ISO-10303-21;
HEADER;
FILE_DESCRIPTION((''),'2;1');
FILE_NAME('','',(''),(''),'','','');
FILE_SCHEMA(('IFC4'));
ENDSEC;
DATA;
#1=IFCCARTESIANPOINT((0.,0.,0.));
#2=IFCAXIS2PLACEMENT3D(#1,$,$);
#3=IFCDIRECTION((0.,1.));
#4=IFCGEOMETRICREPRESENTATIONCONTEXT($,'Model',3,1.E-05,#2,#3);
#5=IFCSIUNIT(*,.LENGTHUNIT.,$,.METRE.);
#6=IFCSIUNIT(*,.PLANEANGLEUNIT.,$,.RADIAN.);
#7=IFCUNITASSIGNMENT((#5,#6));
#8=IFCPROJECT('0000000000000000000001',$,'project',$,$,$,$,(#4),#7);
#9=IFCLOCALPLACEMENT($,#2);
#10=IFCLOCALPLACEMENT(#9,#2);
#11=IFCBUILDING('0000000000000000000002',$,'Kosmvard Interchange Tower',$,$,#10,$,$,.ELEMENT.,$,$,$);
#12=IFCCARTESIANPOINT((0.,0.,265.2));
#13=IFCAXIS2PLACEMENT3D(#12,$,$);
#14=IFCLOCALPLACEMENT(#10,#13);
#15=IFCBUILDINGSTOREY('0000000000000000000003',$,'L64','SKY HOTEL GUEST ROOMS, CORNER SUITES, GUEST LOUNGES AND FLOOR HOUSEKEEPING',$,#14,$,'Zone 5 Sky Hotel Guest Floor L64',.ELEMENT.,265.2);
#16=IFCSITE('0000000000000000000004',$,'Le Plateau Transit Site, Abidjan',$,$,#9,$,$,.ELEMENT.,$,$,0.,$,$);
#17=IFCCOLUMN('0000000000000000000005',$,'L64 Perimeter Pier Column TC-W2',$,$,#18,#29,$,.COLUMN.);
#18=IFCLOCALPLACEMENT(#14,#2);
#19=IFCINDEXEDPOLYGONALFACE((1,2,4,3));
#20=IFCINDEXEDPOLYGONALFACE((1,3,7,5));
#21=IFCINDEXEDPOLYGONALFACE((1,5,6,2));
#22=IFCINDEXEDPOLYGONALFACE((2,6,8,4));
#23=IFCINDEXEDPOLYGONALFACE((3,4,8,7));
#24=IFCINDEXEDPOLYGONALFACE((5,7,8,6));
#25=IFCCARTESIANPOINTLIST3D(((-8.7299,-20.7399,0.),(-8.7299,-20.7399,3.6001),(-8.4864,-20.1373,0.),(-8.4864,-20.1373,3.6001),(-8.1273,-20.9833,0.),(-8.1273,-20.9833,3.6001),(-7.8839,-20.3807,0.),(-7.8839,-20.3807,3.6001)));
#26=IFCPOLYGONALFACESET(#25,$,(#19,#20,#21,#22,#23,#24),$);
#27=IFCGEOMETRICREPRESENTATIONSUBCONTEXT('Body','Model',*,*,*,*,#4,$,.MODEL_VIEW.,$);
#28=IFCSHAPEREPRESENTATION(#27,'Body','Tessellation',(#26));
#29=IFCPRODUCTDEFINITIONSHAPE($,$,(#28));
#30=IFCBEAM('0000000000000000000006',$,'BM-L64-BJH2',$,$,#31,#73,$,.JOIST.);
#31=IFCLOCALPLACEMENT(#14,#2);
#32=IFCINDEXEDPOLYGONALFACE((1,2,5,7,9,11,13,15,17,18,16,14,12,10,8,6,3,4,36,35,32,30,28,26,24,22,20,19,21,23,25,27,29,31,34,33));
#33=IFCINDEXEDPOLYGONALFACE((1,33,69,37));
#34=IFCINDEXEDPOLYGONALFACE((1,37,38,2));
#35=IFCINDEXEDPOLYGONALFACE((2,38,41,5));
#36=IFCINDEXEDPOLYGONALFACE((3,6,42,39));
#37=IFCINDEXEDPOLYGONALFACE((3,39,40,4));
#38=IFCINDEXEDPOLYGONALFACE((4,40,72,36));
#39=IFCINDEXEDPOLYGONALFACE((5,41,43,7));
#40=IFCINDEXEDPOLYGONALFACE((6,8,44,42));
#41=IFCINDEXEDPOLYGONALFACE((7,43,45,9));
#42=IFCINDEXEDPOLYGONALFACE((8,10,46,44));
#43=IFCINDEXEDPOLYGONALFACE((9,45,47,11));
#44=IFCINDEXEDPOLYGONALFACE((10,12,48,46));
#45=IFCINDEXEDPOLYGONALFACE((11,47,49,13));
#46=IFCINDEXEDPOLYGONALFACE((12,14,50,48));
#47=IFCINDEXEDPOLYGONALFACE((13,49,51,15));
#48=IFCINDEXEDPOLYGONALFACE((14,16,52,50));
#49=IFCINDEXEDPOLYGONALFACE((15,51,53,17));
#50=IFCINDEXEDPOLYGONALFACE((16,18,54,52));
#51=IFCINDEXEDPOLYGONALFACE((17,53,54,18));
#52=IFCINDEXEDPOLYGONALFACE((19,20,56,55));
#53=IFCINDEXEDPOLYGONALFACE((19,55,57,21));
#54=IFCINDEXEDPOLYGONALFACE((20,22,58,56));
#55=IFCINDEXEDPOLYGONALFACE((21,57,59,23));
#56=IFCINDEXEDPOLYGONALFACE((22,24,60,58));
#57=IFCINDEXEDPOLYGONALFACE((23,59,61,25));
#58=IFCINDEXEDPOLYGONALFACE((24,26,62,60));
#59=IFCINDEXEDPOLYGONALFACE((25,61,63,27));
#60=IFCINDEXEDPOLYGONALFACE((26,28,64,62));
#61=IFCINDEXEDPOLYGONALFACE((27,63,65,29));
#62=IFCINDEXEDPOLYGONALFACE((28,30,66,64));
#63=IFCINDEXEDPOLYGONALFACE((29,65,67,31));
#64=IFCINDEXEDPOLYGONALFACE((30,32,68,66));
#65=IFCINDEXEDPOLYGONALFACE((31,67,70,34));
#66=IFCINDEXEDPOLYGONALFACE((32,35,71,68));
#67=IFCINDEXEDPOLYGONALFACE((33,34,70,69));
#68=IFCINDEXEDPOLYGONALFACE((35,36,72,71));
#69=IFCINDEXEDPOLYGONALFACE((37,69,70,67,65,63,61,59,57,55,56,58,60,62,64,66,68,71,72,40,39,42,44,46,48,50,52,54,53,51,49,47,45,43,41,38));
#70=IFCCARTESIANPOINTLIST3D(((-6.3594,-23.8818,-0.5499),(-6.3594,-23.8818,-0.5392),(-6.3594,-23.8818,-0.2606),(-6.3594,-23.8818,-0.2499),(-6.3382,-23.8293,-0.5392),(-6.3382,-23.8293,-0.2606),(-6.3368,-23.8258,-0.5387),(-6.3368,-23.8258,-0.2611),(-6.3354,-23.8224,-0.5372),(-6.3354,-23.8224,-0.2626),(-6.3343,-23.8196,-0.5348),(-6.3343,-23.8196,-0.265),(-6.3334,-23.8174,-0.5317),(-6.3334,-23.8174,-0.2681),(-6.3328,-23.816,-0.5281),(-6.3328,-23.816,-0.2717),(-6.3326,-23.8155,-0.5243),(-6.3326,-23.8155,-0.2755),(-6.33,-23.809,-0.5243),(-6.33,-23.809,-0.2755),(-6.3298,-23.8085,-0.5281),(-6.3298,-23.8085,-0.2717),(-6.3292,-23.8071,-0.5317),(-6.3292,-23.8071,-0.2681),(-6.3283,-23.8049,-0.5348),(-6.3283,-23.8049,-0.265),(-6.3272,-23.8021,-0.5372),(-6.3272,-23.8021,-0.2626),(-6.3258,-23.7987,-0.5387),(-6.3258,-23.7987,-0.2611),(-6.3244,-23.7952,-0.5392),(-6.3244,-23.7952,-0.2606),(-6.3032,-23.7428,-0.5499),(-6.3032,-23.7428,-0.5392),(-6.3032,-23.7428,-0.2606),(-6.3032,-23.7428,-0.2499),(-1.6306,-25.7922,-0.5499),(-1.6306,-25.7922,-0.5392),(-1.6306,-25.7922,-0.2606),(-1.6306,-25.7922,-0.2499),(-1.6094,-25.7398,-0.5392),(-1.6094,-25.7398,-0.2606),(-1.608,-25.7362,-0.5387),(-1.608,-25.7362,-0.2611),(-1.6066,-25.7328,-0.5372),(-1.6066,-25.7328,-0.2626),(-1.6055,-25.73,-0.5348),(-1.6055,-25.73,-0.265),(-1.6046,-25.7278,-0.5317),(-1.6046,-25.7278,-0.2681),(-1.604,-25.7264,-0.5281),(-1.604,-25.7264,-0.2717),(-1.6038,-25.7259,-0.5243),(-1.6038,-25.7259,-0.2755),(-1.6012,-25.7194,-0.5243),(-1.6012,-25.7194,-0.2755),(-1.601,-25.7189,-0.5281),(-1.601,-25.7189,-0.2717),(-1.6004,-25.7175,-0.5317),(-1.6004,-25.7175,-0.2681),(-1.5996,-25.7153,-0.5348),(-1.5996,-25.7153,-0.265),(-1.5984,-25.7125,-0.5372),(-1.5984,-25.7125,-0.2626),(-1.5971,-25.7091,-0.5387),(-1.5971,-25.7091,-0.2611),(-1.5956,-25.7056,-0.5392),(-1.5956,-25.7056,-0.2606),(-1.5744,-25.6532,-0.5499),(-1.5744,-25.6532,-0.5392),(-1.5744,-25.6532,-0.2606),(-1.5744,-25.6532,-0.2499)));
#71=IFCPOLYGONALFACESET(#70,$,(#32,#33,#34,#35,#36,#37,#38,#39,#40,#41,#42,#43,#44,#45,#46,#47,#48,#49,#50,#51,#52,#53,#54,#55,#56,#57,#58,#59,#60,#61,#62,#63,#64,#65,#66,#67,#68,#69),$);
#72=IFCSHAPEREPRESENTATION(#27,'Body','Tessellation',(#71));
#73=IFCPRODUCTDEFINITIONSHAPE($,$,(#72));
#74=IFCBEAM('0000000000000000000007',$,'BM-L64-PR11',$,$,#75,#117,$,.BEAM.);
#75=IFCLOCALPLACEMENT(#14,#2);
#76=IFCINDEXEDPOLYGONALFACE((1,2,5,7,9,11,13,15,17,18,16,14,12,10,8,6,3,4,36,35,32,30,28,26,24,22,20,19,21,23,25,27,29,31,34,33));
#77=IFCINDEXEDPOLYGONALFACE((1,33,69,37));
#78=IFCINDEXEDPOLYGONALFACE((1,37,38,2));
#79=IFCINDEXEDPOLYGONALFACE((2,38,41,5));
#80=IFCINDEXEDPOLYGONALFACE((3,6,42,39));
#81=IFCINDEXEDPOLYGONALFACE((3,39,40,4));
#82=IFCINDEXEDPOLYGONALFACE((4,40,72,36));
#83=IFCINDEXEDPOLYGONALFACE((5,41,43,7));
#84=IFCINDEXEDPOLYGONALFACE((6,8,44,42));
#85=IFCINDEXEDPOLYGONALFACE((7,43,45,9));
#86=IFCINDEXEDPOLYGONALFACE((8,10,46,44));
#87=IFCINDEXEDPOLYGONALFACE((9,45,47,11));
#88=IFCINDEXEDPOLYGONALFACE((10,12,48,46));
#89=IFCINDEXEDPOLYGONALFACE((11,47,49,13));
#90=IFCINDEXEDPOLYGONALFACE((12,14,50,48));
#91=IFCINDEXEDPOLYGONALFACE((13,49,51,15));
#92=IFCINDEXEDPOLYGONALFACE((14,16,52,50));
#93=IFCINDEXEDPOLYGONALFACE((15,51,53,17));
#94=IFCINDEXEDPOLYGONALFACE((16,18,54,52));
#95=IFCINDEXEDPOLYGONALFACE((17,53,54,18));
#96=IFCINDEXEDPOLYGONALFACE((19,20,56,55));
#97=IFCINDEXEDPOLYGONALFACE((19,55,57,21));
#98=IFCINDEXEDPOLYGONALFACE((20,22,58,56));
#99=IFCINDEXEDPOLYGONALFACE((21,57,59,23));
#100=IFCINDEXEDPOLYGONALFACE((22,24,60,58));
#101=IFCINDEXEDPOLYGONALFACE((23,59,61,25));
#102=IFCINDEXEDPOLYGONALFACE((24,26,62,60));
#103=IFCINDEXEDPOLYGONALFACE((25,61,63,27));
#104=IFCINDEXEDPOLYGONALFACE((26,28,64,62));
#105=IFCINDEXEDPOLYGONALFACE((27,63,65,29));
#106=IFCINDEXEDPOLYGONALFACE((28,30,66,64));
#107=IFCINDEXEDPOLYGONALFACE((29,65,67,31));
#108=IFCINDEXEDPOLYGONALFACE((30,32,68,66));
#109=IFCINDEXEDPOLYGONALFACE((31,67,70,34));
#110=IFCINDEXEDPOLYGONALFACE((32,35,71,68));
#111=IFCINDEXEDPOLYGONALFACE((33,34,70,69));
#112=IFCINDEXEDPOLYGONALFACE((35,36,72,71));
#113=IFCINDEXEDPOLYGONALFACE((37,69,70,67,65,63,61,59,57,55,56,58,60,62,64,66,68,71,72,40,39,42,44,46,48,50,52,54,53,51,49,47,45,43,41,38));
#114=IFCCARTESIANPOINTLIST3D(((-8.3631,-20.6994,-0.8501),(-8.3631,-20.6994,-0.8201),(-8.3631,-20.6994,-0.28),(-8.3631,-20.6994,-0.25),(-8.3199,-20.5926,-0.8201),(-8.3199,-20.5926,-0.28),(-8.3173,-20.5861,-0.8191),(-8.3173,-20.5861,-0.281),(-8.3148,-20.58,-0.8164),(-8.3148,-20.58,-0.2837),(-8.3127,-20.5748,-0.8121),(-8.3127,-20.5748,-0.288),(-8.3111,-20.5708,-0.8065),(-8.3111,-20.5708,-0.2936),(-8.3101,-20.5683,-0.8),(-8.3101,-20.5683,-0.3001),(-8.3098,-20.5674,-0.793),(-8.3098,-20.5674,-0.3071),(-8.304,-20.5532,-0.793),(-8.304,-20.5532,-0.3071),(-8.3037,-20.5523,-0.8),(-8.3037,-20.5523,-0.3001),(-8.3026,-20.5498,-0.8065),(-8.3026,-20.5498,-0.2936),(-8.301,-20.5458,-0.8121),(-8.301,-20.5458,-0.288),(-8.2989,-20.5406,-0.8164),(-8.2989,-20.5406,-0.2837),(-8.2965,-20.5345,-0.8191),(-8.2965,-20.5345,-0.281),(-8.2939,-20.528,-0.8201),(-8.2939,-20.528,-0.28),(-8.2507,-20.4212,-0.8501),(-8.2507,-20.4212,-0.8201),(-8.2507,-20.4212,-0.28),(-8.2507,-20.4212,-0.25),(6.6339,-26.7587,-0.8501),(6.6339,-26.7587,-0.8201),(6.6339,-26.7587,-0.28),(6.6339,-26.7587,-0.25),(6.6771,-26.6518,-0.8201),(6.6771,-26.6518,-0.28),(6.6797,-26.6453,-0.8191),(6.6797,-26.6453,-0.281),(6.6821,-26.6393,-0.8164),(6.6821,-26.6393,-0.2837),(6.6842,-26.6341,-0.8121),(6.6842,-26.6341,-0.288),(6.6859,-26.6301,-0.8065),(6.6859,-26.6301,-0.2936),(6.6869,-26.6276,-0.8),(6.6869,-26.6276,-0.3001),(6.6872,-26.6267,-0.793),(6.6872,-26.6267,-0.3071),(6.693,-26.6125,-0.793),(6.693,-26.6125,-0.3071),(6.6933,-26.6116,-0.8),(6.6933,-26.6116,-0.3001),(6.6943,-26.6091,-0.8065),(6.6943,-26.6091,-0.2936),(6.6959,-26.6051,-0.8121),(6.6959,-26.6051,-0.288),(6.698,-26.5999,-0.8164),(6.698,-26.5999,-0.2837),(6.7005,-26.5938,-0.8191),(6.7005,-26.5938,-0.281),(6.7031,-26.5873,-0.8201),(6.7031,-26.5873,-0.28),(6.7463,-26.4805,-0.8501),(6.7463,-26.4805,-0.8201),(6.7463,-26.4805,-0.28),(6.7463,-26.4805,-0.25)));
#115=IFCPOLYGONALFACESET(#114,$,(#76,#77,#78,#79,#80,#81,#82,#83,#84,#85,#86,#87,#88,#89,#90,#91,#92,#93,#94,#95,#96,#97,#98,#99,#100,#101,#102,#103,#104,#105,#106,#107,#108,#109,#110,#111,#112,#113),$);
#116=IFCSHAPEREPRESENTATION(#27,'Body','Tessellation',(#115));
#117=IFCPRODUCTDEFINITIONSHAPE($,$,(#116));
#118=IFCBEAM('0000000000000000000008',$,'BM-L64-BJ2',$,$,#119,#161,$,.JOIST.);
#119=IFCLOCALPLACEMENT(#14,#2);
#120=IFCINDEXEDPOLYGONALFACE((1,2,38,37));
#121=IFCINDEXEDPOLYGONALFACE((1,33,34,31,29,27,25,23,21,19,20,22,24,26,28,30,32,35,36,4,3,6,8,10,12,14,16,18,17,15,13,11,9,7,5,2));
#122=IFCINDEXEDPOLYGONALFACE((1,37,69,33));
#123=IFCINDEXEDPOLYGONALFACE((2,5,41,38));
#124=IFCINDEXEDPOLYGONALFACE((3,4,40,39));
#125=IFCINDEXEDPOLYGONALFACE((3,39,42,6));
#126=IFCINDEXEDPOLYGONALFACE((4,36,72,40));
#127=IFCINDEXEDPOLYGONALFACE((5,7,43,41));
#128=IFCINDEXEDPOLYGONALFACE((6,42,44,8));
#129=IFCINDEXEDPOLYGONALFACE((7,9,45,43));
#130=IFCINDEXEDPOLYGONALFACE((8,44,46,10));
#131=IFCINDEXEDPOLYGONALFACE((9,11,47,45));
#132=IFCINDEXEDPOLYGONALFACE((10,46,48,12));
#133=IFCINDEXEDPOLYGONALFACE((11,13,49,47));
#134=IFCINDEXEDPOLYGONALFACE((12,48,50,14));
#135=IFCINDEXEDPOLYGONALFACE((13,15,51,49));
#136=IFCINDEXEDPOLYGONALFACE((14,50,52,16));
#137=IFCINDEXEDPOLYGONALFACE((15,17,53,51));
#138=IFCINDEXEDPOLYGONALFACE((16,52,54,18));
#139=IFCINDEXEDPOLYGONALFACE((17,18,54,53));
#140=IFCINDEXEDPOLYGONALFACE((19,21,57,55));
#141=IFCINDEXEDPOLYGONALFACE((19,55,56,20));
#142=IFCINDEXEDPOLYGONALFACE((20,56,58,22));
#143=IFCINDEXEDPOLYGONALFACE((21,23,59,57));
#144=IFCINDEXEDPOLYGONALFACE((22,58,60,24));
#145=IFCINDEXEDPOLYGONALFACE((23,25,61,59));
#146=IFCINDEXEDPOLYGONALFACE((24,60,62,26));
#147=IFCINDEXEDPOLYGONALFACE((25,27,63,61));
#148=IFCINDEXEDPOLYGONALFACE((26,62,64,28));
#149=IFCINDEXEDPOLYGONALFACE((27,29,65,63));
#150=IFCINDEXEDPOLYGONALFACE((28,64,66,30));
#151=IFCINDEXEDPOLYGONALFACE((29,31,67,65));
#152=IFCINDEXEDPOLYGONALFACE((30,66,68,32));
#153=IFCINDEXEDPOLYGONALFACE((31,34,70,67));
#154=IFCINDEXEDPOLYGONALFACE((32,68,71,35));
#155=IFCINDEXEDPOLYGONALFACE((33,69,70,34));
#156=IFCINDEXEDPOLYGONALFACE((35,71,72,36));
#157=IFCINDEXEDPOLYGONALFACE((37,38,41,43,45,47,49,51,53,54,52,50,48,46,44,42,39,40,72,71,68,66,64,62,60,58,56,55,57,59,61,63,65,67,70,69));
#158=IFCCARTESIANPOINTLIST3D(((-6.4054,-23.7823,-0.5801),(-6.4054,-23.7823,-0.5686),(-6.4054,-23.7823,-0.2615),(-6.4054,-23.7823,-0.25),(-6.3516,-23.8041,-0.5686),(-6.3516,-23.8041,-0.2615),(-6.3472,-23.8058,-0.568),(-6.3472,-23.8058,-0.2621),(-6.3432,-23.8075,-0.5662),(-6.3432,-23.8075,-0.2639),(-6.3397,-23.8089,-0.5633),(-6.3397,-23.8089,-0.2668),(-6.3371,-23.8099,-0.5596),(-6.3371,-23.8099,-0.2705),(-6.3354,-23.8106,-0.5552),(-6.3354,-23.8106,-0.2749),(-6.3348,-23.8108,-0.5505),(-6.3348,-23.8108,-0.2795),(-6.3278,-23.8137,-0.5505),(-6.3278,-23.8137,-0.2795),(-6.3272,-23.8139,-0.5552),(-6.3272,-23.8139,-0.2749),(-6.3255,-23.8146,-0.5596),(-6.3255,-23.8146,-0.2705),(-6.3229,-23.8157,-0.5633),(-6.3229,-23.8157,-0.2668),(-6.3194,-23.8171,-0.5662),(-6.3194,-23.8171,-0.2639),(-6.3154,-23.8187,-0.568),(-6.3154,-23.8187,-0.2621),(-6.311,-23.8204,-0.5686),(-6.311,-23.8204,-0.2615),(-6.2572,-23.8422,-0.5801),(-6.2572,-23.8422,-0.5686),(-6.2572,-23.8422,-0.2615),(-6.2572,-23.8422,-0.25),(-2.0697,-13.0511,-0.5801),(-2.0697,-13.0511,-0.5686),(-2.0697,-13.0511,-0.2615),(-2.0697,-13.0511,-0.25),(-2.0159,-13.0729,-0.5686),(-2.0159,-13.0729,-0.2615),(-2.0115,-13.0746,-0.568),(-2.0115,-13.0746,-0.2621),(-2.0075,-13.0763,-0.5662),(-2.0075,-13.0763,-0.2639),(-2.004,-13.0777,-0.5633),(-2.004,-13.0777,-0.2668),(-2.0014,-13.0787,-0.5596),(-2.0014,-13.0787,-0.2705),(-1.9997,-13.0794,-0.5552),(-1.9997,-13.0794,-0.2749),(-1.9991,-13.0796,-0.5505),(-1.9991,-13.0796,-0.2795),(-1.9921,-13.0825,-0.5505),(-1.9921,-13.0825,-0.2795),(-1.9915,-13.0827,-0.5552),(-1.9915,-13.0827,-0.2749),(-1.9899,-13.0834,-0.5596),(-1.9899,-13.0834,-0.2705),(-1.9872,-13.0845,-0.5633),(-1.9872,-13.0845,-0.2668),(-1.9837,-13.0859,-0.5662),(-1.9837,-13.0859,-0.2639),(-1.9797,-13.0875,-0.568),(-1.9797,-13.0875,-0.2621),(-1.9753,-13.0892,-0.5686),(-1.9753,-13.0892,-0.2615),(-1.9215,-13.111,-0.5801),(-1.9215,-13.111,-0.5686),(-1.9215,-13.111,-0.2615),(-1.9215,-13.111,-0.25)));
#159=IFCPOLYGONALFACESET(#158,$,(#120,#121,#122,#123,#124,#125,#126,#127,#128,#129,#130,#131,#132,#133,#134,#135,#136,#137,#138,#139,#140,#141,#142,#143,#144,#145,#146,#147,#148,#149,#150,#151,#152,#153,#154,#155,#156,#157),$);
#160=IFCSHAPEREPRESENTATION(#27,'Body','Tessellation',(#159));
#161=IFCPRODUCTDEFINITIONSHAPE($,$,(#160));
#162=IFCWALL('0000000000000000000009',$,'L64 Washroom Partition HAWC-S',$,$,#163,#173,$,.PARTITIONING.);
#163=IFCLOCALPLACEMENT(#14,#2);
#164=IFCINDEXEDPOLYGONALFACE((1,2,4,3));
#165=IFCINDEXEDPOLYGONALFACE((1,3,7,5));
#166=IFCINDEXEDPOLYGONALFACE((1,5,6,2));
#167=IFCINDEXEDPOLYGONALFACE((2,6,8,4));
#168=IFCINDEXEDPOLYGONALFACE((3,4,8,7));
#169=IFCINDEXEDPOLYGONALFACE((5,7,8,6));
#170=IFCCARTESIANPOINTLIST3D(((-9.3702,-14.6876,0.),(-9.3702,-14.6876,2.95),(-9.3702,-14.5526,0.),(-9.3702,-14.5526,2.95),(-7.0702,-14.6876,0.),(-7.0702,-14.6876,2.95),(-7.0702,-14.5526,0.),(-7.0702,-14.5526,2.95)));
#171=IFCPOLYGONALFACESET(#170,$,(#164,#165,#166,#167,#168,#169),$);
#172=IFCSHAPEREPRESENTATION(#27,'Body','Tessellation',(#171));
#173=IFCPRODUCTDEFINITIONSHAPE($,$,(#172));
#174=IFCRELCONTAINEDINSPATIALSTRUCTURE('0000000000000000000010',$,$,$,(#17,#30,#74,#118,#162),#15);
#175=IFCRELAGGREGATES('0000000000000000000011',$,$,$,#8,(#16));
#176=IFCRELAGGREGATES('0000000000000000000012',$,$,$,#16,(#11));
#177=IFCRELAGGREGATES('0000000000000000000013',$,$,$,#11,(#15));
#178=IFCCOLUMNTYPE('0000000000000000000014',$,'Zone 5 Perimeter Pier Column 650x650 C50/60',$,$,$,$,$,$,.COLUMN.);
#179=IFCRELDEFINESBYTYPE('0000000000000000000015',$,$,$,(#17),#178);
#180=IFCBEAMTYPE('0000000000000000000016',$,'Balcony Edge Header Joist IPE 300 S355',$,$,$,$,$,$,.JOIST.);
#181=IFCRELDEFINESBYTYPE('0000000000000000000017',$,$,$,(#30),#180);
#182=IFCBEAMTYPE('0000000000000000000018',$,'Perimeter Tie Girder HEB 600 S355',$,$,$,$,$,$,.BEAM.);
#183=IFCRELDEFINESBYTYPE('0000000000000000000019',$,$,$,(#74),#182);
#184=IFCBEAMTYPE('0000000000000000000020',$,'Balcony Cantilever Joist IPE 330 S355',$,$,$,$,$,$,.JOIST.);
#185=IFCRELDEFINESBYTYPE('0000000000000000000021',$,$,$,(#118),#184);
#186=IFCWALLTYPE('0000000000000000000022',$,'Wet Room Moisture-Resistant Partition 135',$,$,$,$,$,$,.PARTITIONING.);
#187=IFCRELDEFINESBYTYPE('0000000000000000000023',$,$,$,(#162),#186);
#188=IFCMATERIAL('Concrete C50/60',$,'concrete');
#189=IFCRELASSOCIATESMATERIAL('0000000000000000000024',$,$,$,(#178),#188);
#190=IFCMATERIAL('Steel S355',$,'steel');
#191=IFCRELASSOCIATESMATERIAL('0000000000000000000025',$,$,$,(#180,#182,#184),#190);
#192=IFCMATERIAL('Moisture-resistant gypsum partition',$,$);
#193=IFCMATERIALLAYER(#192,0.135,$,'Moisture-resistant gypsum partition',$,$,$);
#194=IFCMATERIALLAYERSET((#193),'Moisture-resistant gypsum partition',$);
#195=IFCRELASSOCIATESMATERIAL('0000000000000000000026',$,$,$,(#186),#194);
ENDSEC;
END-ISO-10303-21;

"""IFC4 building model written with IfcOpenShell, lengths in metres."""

from ifc_helpers import new_model, si_unit, direction, frame, frame_2d, origin, origin_2d, place, context, subcontext, project, spatial, rectangle, i_section, extrude, source, transform, mapped, material, layer, layer_set, material_profile, profile_set, type_object, element, save


model = new_model("IFC4")

# Units and contexts
model_context = context("Model", 3, precision=1e-05, world=origin(), true_north=direction((0.0, 1.0)))
body_context = subcontext(model_context, "Body", "Model", "MODEL_VIEW")
ifc_project = project(units=[si_unit("LENGTHUNIT", "METRE"), si_unit("PLANEANGLEUNIT", "RADIAN")], contexts=[model_context])

# Site, building, storey
site_placement = place(None, origin())
site = spatial("IfcSite", under=ifc_project, at=site_placement, Name="Le Plateau Transit Site, Abidjan", CompositionType="ELEMENT", RefElevation=0.0)
building_placement = place(site_placement, origin())
building = spatial("IfcBuilding", under=site, at=building_placement, Name="Kosmvard Interchange Tower", CompositionType="ELEMENT")
storey_placement = place(building_placement, frame((0.0, 0.0, 265.2)))
storey = spatial("IfcBuildingStorey", under=building, at=storey_placement, Name="L64", Description="SKY HOTEL GUEST ROOMS, CORNER SUITES, GUEST LOUNGES AND FLOOR HOUSEKEEPING", LongName="Zone 5 Sky Hotel Guest Floor L64", CompositionType="ELEMENT", Elevation=265.2)

# Column
ifc_material_1 = material(Name="Concrete C50/60", Category="concrete")
ifc_material_profile_1 = material_profile(ifc_material_1, rectangle(XDim=0.6499, YDim=0.6499, at=origin_2d()), Name="TC 650x650")
ifc_profile_set_1 = profile_set([ifc_material_profile_1], Name="Concrete C50/60")
column_type = type_object("IfcColumnType", Name="Zone 5 Perimeter Pier Column 650x650 C50/60", PredefinedType="COLUMN", material=ifc_profile_set_1)
shared_shape_1 = source(origin(), body_context, "Body", "SweptSolid", [
    extrude(rectangle(XDim=0.6499, YDim=0.6499, at=origin_2d()), origin(), (0.0, 0.0, 1.0), 3.6001),
])
column_placement = place(storey_placement, frame((-8.3069, -20.5603, 0.0), z_axis=(0.0, 0.0, 1.0), x_axis=(0.374607, 0.927184, 0.0)))
element("IfcColumn", 1, at=column_placement, inside=storey, type_object=column_type, Name="L64 Perimeter Pier Column TC-W2", PredefinedType="COLUMN", context=body_context, shape_type="MappedRepresentation", body=[
    mapped(shared_shape_1, transform((0.0, 0.0, 0.0), scale=1.0)),
])

# Beams
ifc_material_2 = material(Name="Steel S355", Category="steel")
ifc_material_profile_2 = material_profile(ifc_material_2, i_section(OverallWidth=0.1499, OverallDepth=0.3, WebThickness=0.0071, FlangeThickness=0.0107, FilletRadius=0.0149, at=origin_2d()), Name="IPE 300")
ifc_profile_set_2 = profile_set([ifc_material_profile_2], Name="Steel S355")
beam_type_1 = type_object("IfcBeamType", Name="Balcony Edge Header Joist IPE 300 S355", PredefinedType="JOIST", material=ifc_profile_set_2)
shared_shape_2 = source(origin(), body_context, "Body", "SweptSolid", [
    extrude(i_section(OverallWidth=0.1499, OverallDepth=0.3, WebThickness=0.0071, FlangeThickness=0.0107, FilletRadius=0.0149, at=origin_2d()), origin(), (0.0, 0.0, 1.0), 5.1001),
])
beam_1_placement = place(storey_placement, frame((-6.3313, -23.8123, -0.3999), z_axis=(0.927194, -0.374583, 0.0), x_axis=(0.374583, 0.927194, 0.0)))
element("IfcBeam", 2, at=beam_1_placement, inside=storey, type_object=beam_type_1, Name="BM-L64-BJH2", PredefinedType="JOIST", context=body_context, shape_type="MappedRepresentation", body=[
    mapped(shared_shape_2, transform((0.0, 0.0, 0.0), scale=1.0)),
])
ifc_material_profile_3 = material_profile(ifc_material_2, i_section(OverallWidth=0.3, OverallDepth=0.6001, WebThickness=0.0154, FlangeThickness=0.03, FilletRadius=0.0271, at=origin_2d()), Name="HEB 600")
ifc_profile_set_3 = profile_set([ifc_material_profile_3], Name="Steel S355")
beam_type_2 = type_object("IfcBeamType", Name="Perimeter Tie Girder HEB 600 S355", PredefinedType="BEAM", material=ifc_profile_set_3)
shared_shape_3 = source(origin(), body_context, "Body", "SweptSolid", [
    extrude(i_section(OverallWidth=0.3, OverallDepth=0.6001, WebThickness=0.0154, FlangeThickness=0.03, FilletRadius=0.0271, at=origin_2d()), origin(), (0.0, 0.0, 1.0), 16.1748),
])
beam_2_placement = place(storey_placement, frame((-8.3069, -20.5603, -0.55), z_axis=(0.927181, -0.374613, 0.0), x_axis=(0.374613, 0.927181, 0.0)))
element("IfcBeam", 3, at=beam_2_placement, inside=storey, type_object=beam_type_2, Name="BM-L64-PR11", PredefinedType="BEAM", context=body_context, shape_type="MappedRepresentation", body=[
    mapped(shared_shape_3, transform((0.0, 0.0, 0.0), scale=1.0)),
])
ifc_material_profile_4 = material_profile(ifc_material_2, i_section(OverallWidth=0.1599, OverallDepth=0.3301, WebThickness=0.0076, FlangeThickness=0.0115, FilletRadius=0.0181, at=origin_2d()), Name="IPE 330")
ifc_profile_set_4 = profile_set([ifc_material_profile_4], Name="Steel S355")
beam_type_3 = type_object("IfcBeamType", Name="Balcony Cantilever Joist IPE 330 S355", PredefinedType="JOIST", material=ifc_profile_set_4)
shared_shape_4 = source(origin(), body_context, "Body", "SweptSolid", [
    extrude(i_section(OverallWidth=0.1599, OverallDepth=0.3301, WebThickness=0.0076, FlangeThickness=0.0115, FilletRadius=0.0181, at=origin_2d()), origin(), (0.0, 0.0, 1.0), 11.574),
])
beam_3_placement = place(storey_placement, frame((-1.9956, -13.0811, -0.415), z_axis=(-0.374607, -0.927184, 0.0), x_axis=(0.927184, -0.374607, 0.0)))
element("IfcBeam", 4, at=beam_3_placement, inside=storey, type_object=beam_type_3, Name="BM-L64-BJ2", PredefinedType="JOIST", context=body_context, shape_type="MappedRepresentation", body=[
    mapped(shared_shape_4, transform((0.0, 0.0, 0.0), scale=1.0)),
])

# Wall
ifc_material_3 = material(Name="Moisture-resistant gypsum partition")
ifc_layer = layer(ifc_material_3, 0.135, Name="Moisture-resistant gypsum partition")
ifc_layer_set = layer_set([ifc_layer], Name="Moisture-resistant gypsum partition")
wall_type = type_object("IfcWallType", Name="Wet Room Moisture-Resistant Partition 135", PredefinedType="PARTITIONING", material=ifc_layer_set)
wall_1_placement = place(storey_placement, frame((-9.3701, -14.6201, 0.0), z_axis=(0.0, 0.0, 1.0), x_axis=(1.0, 0.0, 0.0)))
element("IfcWall", 5, at=wall_1_placement, inside=storey, type_object=wall_type, Name="L64 Washroom Partition HAWC-S", PredefinedType="PARTITIONING", context=body_context, shape_type="SweptSolid", body=[
    extrude(rectangle(XDim=2.3, YDim=0.135, at=frame_2d((1.1499, 0.0))), origin(), (0.0, 0.0, 1.0), 2.95),
])

save(model, "model.ifc")
